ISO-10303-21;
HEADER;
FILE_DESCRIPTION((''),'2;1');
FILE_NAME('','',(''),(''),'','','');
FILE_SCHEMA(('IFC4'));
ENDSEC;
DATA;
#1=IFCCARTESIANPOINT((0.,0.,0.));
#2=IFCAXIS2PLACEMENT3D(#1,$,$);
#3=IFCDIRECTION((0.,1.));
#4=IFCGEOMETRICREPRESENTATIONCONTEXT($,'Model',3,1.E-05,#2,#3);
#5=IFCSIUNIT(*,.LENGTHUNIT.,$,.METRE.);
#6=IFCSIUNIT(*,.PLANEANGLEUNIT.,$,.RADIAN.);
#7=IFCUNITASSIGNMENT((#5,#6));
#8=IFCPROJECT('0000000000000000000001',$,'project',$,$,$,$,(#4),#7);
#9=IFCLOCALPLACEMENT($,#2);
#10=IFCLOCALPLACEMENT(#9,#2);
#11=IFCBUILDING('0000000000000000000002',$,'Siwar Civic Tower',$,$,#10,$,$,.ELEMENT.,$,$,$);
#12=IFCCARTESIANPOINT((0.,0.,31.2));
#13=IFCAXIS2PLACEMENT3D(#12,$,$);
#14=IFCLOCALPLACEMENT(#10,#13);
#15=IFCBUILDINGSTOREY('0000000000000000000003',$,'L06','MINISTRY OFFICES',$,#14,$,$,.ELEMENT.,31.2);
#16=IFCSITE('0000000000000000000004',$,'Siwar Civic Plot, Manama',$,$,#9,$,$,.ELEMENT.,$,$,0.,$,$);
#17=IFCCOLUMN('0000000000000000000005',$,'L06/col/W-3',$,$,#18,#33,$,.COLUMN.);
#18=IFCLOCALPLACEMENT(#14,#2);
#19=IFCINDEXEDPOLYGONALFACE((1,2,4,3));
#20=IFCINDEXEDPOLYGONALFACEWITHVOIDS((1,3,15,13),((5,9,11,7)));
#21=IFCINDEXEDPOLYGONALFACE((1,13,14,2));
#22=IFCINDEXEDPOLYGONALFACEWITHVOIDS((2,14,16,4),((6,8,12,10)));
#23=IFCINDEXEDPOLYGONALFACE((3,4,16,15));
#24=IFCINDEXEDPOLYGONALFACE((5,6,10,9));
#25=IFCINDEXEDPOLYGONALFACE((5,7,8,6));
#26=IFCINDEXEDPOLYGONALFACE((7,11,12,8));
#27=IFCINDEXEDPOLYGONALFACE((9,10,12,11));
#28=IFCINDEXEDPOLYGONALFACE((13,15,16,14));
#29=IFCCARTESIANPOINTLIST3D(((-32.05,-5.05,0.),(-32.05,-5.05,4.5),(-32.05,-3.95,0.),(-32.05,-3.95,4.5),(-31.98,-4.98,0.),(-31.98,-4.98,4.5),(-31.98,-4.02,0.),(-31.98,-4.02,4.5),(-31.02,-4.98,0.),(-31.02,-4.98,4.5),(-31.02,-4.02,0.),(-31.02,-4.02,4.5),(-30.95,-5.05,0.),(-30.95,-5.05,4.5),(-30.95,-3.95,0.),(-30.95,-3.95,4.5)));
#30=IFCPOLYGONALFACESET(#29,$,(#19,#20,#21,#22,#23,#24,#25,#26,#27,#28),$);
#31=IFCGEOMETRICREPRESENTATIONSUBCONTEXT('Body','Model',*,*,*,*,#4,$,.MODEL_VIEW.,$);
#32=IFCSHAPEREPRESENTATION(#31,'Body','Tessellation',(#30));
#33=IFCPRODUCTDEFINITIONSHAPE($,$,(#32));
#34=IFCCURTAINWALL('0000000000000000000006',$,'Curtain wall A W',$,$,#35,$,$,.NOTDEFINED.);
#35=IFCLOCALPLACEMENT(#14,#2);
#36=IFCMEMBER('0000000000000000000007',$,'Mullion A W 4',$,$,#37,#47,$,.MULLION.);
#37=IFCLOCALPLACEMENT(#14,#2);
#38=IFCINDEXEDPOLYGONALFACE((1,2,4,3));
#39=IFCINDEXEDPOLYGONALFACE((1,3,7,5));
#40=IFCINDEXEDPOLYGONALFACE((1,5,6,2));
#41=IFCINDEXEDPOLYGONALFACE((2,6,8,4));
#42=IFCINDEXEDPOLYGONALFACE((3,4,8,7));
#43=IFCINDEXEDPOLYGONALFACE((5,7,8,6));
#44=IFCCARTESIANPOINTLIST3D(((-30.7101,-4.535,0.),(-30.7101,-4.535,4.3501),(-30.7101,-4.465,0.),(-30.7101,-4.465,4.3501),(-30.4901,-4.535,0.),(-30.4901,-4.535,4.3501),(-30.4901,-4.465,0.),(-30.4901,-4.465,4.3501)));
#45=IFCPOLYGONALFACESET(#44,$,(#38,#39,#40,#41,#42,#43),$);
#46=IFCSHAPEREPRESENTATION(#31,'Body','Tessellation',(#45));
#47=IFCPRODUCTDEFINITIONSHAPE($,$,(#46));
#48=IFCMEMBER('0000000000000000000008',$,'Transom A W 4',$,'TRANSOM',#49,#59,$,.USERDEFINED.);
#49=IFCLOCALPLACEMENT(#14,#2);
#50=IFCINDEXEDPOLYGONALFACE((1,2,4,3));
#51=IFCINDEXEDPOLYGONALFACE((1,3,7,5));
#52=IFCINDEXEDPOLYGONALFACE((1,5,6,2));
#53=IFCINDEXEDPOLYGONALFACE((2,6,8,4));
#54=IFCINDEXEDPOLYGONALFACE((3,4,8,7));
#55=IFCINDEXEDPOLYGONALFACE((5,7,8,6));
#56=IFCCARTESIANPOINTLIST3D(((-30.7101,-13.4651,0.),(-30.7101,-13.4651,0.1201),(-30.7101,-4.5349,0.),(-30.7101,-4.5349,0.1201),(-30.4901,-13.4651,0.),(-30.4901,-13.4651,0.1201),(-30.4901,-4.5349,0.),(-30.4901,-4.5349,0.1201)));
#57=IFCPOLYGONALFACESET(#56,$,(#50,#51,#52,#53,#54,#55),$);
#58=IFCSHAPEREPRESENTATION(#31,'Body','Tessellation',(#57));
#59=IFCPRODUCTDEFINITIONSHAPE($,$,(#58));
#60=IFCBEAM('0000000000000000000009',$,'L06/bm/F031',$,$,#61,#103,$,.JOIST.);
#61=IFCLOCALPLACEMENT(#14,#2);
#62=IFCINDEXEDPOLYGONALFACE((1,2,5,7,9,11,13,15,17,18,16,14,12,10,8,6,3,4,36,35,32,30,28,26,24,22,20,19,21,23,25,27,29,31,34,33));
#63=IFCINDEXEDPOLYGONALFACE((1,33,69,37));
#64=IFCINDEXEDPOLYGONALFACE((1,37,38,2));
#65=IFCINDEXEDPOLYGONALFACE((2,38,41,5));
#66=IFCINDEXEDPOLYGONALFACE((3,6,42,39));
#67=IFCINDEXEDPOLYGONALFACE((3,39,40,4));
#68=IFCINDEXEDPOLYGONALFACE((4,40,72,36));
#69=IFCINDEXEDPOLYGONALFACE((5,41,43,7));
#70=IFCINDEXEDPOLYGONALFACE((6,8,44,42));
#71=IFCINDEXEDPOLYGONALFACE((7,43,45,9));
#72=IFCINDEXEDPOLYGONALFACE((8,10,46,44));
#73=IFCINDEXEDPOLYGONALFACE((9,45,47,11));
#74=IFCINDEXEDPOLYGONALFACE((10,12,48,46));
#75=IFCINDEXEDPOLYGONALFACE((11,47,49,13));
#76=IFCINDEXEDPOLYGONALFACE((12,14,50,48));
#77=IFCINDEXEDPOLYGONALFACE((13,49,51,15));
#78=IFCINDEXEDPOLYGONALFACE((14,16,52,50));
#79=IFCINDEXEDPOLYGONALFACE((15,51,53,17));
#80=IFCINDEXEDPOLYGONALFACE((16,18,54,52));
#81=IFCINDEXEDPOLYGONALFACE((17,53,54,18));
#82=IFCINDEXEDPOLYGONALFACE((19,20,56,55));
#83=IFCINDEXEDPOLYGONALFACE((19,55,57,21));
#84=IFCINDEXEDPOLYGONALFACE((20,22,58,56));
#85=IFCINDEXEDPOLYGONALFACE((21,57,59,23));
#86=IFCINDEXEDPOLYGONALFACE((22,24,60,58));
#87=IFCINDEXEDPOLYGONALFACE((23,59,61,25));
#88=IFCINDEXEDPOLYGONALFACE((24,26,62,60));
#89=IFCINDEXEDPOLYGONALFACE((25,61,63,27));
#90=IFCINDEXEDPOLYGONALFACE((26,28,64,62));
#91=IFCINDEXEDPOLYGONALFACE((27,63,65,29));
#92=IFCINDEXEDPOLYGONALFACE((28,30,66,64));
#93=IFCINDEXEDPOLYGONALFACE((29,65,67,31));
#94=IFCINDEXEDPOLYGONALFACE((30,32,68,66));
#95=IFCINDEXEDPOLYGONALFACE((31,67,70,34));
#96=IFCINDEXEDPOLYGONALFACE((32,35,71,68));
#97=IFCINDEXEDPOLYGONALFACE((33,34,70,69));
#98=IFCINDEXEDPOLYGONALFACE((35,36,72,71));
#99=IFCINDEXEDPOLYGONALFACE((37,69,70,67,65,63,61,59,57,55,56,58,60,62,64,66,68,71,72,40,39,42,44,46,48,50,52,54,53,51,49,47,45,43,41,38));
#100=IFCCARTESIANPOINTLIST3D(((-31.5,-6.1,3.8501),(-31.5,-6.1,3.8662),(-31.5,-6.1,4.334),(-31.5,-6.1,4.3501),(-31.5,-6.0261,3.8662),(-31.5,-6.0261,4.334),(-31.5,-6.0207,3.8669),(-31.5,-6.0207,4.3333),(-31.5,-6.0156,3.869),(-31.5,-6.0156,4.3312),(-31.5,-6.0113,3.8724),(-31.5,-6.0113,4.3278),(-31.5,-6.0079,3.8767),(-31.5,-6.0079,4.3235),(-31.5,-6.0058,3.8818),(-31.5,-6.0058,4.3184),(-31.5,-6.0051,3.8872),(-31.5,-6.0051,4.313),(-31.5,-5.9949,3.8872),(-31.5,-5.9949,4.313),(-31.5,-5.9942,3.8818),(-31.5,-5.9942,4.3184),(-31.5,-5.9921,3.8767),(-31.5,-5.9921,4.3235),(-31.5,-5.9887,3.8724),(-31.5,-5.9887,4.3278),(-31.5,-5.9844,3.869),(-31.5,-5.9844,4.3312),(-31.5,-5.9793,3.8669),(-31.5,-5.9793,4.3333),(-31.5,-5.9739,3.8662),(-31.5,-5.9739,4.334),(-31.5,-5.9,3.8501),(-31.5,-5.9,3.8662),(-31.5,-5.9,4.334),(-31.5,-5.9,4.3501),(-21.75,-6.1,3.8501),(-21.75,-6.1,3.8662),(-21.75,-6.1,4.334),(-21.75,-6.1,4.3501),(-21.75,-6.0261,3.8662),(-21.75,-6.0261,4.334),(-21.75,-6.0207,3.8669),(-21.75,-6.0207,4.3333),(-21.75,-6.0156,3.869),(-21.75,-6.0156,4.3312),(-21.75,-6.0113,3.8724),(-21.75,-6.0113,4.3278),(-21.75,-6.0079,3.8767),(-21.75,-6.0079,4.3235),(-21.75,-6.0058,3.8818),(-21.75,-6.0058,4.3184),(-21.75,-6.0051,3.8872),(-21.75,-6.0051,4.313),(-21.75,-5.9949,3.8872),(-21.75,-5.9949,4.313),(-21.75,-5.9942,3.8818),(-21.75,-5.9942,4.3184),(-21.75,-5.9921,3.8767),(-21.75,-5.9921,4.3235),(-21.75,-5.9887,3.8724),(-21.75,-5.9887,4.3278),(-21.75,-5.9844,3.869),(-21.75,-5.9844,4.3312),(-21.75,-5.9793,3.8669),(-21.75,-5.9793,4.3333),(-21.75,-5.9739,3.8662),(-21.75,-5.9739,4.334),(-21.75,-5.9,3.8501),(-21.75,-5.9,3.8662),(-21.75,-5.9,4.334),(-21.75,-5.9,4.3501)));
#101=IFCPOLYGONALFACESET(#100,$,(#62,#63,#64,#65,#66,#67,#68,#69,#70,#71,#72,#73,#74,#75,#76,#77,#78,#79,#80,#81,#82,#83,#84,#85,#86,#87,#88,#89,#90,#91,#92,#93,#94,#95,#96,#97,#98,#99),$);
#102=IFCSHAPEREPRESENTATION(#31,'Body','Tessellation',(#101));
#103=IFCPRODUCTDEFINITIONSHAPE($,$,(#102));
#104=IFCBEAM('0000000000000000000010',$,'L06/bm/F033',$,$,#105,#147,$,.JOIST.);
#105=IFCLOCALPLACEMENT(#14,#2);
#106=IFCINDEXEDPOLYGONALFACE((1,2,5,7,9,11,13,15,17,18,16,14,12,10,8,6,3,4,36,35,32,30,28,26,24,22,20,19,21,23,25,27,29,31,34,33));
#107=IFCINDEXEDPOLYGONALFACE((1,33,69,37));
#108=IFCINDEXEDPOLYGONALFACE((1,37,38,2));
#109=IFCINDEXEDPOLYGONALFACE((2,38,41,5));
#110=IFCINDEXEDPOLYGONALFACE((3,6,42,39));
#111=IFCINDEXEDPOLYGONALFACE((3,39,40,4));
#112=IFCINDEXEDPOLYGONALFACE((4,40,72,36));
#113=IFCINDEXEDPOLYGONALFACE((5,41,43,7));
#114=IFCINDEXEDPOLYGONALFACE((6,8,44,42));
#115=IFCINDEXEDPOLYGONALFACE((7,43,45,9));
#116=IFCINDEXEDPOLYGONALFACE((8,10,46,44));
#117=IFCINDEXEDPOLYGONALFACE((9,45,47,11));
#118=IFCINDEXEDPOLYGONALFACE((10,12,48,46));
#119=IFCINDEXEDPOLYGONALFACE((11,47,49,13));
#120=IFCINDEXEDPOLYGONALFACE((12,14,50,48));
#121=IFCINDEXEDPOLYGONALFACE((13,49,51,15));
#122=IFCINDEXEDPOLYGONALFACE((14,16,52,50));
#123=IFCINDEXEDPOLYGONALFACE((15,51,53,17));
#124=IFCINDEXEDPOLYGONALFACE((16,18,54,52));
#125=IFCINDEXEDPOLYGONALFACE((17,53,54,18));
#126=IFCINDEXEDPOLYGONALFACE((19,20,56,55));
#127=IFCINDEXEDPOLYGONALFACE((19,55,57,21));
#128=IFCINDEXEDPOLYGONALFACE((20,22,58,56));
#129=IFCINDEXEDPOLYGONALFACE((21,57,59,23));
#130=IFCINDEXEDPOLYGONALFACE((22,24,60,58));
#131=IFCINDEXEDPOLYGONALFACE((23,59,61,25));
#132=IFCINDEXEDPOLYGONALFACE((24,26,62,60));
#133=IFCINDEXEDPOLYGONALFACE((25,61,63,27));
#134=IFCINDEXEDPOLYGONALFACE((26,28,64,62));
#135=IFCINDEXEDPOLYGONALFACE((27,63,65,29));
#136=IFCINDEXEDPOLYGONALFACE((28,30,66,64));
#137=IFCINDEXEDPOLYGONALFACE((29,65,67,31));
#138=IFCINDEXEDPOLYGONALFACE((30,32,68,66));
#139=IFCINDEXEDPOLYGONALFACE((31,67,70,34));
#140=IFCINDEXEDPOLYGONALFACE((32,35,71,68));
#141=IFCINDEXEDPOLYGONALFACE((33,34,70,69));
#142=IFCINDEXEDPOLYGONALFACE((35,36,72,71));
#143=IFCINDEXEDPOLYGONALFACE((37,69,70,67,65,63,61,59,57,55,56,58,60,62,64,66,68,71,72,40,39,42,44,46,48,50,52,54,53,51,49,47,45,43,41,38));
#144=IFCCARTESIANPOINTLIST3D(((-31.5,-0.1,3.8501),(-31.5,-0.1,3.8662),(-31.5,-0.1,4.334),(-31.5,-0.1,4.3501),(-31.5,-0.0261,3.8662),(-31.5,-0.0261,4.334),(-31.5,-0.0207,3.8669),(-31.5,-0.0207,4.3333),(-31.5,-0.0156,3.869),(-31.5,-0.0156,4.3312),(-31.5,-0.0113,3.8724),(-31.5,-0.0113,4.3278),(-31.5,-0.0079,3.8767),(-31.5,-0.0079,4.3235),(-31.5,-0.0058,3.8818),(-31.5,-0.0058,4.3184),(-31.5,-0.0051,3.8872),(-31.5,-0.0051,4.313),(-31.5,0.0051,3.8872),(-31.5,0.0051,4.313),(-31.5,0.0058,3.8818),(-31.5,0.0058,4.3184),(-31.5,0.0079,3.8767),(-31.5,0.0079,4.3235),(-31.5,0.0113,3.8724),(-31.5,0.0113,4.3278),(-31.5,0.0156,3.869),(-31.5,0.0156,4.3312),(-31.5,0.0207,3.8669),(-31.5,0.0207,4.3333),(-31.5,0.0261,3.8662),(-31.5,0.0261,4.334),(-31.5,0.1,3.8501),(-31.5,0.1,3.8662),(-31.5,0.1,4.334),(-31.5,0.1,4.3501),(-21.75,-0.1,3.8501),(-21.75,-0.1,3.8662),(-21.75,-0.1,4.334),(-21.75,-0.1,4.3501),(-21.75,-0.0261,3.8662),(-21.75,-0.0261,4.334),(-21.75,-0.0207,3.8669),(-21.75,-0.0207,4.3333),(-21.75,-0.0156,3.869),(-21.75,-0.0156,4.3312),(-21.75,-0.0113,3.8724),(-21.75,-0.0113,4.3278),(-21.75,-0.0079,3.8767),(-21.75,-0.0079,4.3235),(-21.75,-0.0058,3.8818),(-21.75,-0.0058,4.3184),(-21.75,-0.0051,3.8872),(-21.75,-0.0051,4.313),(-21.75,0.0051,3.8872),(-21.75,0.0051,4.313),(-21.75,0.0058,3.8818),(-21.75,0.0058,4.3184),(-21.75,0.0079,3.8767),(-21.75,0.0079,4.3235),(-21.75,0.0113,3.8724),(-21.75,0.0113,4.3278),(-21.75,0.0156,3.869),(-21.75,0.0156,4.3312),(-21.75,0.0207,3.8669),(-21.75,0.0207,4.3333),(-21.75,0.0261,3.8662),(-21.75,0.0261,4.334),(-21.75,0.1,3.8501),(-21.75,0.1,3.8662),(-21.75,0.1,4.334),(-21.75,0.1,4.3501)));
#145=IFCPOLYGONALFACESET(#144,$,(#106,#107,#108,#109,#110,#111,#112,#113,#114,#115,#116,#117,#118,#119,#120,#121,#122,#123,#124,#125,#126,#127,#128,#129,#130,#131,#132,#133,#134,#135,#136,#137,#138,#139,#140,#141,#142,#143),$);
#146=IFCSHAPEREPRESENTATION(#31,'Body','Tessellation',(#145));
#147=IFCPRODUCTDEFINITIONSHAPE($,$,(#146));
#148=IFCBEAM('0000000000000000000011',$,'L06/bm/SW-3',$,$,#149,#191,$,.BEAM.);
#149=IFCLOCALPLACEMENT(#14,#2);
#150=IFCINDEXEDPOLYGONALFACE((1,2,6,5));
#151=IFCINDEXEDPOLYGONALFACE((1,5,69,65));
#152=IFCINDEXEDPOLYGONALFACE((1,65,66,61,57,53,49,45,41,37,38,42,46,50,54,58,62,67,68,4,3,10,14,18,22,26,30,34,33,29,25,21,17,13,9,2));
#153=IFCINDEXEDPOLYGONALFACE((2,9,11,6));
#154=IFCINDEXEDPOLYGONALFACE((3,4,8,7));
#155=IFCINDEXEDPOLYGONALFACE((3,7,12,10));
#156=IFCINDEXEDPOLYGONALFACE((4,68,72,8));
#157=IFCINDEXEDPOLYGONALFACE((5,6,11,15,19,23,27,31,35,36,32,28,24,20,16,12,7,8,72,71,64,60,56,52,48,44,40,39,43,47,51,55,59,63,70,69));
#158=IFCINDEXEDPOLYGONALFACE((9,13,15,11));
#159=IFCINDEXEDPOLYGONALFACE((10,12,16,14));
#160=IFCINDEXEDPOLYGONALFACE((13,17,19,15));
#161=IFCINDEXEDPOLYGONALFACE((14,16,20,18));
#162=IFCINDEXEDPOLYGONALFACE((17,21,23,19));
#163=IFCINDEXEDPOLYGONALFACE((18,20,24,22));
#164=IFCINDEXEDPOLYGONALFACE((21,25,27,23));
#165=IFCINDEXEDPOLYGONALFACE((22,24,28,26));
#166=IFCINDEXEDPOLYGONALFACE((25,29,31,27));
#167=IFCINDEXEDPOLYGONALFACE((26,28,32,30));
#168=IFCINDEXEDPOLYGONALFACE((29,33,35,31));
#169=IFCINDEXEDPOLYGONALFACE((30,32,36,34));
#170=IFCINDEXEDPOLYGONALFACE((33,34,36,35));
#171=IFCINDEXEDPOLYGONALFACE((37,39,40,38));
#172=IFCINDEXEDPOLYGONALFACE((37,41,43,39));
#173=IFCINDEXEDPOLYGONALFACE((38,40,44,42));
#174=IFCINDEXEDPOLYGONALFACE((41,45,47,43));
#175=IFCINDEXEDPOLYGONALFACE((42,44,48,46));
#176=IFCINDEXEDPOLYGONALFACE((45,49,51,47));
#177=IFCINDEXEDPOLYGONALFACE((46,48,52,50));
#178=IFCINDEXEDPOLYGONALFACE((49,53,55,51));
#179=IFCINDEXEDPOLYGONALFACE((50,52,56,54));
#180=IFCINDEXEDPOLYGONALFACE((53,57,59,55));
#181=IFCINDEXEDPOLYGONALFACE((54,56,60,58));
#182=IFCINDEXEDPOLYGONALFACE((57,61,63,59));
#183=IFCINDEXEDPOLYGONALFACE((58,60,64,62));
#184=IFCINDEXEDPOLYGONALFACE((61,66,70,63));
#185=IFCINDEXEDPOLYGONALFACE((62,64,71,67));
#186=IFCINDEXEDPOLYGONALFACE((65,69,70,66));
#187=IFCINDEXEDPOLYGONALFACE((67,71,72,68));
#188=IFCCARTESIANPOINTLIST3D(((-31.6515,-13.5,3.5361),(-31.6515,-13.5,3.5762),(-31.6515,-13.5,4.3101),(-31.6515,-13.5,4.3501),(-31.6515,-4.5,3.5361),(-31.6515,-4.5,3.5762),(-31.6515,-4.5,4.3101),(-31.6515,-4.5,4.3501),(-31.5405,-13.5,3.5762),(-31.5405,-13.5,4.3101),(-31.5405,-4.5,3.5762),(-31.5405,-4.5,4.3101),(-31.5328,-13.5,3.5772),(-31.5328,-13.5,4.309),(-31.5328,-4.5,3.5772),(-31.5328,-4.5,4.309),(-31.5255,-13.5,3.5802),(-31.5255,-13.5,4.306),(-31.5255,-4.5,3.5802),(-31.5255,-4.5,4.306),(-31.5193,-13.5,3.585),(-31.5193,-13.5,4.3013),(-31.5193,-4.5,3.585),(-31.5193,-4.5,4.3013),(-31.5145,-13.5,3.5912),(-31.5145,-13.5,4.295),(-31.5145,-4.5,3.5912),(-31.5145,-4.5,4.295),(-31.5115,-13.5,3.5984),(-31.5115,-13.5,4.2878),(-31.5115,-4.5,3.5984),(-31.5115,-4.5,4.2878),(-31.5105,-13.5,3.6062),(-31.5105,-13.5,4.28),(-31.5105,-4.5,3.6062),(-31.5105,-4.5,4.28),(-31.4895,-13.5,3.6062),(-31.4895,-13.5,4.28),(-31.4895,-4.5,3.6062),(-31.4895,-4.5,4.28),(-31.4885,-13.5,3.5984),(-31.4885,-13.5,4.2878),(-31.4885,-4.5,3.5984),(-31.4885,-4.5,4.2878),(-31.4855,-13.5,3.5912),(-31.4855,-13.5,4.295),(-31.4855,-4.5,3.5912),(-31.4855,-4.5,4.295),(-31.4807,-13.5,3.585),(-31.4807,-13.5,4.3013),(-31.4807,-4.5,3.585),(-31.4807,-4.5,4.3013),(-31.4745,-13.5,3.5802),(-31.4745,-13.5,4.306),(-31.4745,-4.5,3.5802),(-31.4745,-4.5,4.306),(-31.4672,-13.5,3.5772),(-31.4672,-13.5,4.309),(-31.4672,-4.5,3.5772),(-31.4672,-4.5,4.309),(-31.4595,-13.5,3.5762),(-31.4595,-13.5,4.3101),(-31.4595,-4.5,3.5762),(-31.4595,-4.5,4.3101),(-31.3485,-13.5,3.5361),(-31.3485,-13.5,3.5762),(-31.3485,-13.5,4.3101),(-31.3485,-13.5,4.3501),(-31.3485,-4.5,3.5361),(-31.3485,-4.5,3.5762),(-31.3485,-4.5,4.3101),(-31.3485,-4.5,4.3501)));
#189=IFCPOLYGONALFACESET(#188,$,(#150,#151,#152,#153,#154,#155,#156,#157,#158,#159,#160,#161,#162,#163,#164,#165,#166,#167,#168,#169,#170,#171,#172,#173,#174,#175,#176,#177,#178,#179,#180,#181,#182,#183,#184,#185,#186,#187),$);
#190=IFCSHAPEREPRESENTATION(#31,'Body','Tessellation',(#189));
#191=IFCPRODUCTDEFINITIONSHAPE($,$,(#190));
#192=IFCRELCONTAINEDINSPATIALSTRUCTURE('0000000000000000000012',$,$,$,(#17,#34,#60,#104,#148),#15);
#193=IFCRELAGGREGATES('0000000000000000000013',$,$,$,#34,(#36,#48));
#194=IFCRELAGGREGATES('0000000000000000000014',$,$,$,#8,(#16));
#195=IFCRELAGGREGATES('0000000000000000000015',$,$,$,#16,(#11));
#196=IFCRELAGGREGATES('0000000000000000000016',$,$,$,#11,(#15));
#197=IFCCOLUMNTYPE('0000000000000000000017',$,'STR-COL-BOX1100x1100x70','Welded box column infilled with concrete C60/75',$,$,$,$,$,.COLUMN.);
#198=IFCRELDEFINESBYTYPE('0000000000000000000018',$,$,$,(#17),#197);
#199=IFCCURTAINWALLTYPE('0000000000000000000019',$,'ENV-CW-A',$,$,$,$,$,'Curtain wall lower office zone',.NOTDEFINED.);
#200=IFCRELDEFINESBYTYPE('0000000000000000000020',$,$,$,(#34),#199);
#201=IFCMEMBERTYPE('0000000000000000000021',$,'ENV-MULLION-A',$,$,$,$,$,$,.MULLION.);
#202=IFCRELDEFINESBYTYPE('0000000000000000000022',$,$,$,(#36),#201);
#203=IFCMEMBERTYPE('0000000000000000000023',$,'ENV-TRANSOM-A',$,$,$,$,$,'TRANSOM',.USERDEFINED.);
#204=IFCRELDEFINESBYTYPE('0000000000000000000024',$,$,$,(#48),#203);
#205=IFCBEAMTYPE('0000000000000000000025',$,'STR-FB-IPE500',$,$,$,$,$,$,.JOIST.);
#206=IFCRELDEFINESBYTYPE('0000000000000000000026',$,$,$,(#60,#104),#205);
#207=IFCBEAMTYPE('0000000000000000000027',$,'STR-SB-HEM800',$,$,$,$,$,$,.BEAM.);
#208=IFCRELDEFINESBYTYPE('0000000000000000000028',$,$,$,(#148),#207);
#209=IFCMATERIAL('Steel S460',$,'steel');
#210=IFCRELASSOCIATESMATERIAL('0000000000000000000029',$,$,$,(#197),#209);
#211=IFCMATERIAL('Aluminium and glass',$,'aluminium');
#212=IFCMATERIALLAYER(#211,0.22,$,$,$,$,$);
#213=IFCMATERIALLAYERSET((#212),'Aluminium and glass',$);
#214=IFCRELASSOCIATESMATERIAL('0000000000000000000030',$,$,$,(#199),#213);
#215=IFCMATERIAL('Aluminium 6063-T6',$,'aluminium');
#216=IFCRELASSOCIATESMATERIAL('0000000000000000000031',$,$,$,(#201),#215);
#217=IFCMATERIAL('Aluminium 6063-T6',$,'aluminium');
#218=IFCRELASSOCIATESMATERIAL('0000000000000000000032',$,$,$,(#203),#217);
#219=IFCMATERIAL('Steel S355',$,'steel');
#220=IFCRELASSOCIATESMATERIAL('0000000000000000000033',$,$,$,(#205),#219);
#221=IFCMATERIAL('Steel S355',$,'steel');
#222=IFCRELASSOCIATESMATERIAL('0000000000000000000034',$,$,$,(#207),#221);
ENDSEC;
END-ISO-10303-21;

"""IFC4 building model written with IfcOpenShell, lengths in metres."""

from ifc_helpers import new_model, si_unit, direction, frame, origin, origin_2d, place, context, subcontext, project, spatial, rectangle, hollow_rectangle, i_section, extrude, material, layer, layer_set, material_profile, profile_set, type_object, element, aggregate, save


model = new_model("IFC4")

# Units and contexts
model_context = context("Model", 3, precision=1e-05, world=origin(), true_north=direction((0.0, 1.0)))
body_context = subcontext(model_context, "Body", "Model", "MODEL_VIEW")
ifc_project = project(units=[si_unit("LENGTHUNIT", "METRE"), si_unit("PLANEANGLEUNIT", "RADIAN")], contexts=[model_context])

# Site, building, storey
site_placement = place(None, origin())
site = spatial("IfcSite", under=ifc_project, at=site_placement, Name="Siwar Civic Plot, Manama", CompositionType="ELEMENT", RefElevation=0.0)
building_placement = place(site_placement, origin())
building = spatial("IfcBuilding", under=site, at=building_placement, Name="Siwar Civic Tower", CompositionType="ELEMENT")
storey_placement = place(building_placement, frame((0.0, 0.0, 31.2)))
storey = spatial("IfcBuildingStorey", under=building, at=storey_placement, Name="L06", Description="MINISTRY OFFICES", CompositionType="ELEMENT", Elevation=31.2)

# Column
ifc_material_1 = material(Name="Steel S460", Category="steel")
ifc_material_profile_1 = material_profile(ifc_material_1, hollow_rectangle(XDim=1.1001, YDim=1.1001, WallThickness=0.0701, at=origin_2d()), Name="BOX1100x1100x70")
ifc_profile_set_1 = profile_set([ifc_material_profile_1], Name="Steel S460")
column_type = type_object("IfcColumnType", Name="STR-COL-BOX1100x1100x70", Description="Welded box column infilled with concrete C60/75", PredefinedType="COLUMN", material=ifc_profile_set_1)
column_placement = place(storey_placement, frame((-31.5, -4.5, 0.0), z_axis=(0.0, 0.0, 1.0), x_axis=(1.0, 0.0, 0.0)))
element("IfcColumn", 1, at=column_placement, inside=storey, type_object=column_type, Name="L06/col/W-3", PredefinedType="COLUMN", context=body_context, shape_type="SweptSolid", body=[
    extrude(hollow_rectangle(XDim=1.1001, YDim=1.1001, WallThickness=0.0701, at=origin_2d()), origin(), (0.0, 0.0, 1.0), 4.5),
])

# Curtain wall, members
ifc_material_2 = material(Name="Aluminium and glass", Category="aluminium")
ifc_layer_1 = layer(ifc_material_2, 0.22)
ifc_layer_set_1 = layer_set([ifc_layer_1], Name="Aluminium and glass")
curtain_wall_type = type_object("IfcCurtainWallType", Name="ENV-CW-A", ElementType="Curtain wall lower office zone", PredefinedType="NOTDEFINED", material=ifc_layer_set_1)
curtain_wall_placement = place(storey_placement, origin())
curtain_wall = element("IfcCurtainWall", 2, at=curtain_wall_placement, inside=storey, type_object=curtain_wall_type, Name="Curtain wall A W", PredefinedType="NOTDEFINED")
ifc_material_3 = material(Name="Aluminium 6063-T6", Category="aluminium")
ifc_material_profile_2 = material_profile(ifc_material_3, rectangle(XDim=0.22, YDim=0.0701, at=origin_2d()), Name="AL 220x70")
ifc_profile_set_2 = profile_set([ifc_material_profile_2], Name="Aluminium 6063-T6")
member_type_1 = type_object("IfcMemberType", Name="ENV-MULLION-A", PredefinedType="MULLION", material=ifc_profile_set_2)
member_1_placement = place(storey_placement, frame((-30.6001, -4.5, 0.0), z_axis=(0.0, 0.0, 1.0), x_axis=(1.0, 0.0, 0.0)))
member_1 = element("IfcMember", 3, at=member_1_placement, type_object=member_type_1, Name="Mullion A W 4", PredefinedType="MULLION", context=body_context, shape_type="SweptSolid", body=[
    extrude(rectangle(XDim=0.22, YDim=0.0701, at=origin_2d()), origin(), (0.0, 0.0, 1.0), 4.3501),
])
ifc_material_4 = material(Name="Aluminium 6063-T6", Category="aluminium")
ifc_material_profile_3 = material_profile(ifc_material_4, rectangle(XDim=0.22, YDim=0.1201, at=origin_2d()), Name="AL 220x120")
ifc_profile_set_3 = profile_set([ifc_material_profile_3], Name="Aluminium 6063-T6")
member_type_2 = type_object("IfcMemberType", Name="ENV-TRANSOM-A", ElementType="TRANSOM", PredefinedType="USERDEFINED", material=ifc_profile_set_3)
member_2_placement = place(storey_placement, frame((-30.6001, -4.5349, 0.0601), z_axis=(0.0, -1.0, 0.0), x_axis=(1.0, 0.0, 0.0)))
member_2 = element("IfcMember", 4, at=member_2_placement, type_object=member_type_2, Name="Transom A W 4", ObjectType="TRANSOM", PredefinedType="USERDEFINED", context=body_context, shape_type="SweptSolid", body=[
    extrude(rectangle(XDim=0.22, YDim=0.1201, at=origin_2d()), origin(), (0.0, 0.0, 1.0), 8.9302),
])

# Beams
ifc_material_5 = material(Name="Steel S355", Category="steel")
ifc_material_profile_4 = material_profile(ifc_material_5, i_section(OverallWidth=0.2, OverallDepth=0.5, WebThickness=0.0103, FlangeThickness=0.0161, FilletRadius=0.021, at=origin_2d()), Name="IPE500")
ifc_profile_set_4 = profile_set([ifc_material_profile_4], Name="Steel S355")
beam_type_1 = type_object("IfcBeamType", Name="STR-FB-IPE500", PredefinedType="JOIST", material=ifc_profile_set_4)
for number, where, z_axis, x_axis, name in (
    (5, (-31.5, -6.0, 4.1001), (1.0, 0.0, 0.0), (0.0, 1.0, 0.0), "L06/bm/F031"),
    (6, (-31.5, 0.0, 4.1001), (1.0, 0.0, 0.0), (0.0, 1.0, 0.0), "L06/bm/F033"),
):
    element("IfcBeam", number, at=place(storey_placement, frame(where, z_axis=z_axis, x_axis=x_axis)), inside=storey, type_object=beam_type_1, Name=name, PredefinedType="JOIST", context=body_context, shape_type="SweptSolid", body=[
        extrude(i_section(OverallWidth=0.2, OverallDepth=0.5, WebThickness=0.0103, FlangeThickness=0.0161, FilletRadius=0.021, at=origin_2d()), origin(), (0.0, 0.0, 1.0), 9.75),
    ])
ifc_material_6 = material(Name="Steel S355", Category="steel")
ifc_material_profile_5 = material_profile(ifc_material_6, i_section(OverallWidth=0.303, OverallDepth=0.814, WebThickness=0.021, FlangeThickness=0.04, FilletRadius=0.03, at=origin_2d()), Name="HEM800")
ifc_profile_set_5 = profile_set([ifc_material_profile_5], Name="Steel S355")
beam_type_2 = type_object("IfcBeamType", Name="STR-SB-HEM800", PredefinedType="BEAM", material=ifc_profile_set_5)
beam_placement = place(storey_placement, frame((-31.5, -4.5, 3.9431), z_axis=(0.0, -1.0, 0.0), x_axis=(1.0, 0.0, 0.0)))
element("IfcBeam", 7, at=beam_placement, inside=storey, type_object=beam_type_2, Name="L06/bm/SW-3", PredefinedType="BEAM", context=body_context, shape_type="SweptSolid", body=[
    extrude(i_section(OverallWidth=0.303, OverallDepth=0.814, WebThickness=0.021, FlangeThickness=0.04, FilletRadius=0.03, at=origin_2d()), origin(), (0.0, 0.0, 1.0), 9.0),
])

aggregate(curtain_wall, [member_1, member_2])

save(model, "model.ifc")
